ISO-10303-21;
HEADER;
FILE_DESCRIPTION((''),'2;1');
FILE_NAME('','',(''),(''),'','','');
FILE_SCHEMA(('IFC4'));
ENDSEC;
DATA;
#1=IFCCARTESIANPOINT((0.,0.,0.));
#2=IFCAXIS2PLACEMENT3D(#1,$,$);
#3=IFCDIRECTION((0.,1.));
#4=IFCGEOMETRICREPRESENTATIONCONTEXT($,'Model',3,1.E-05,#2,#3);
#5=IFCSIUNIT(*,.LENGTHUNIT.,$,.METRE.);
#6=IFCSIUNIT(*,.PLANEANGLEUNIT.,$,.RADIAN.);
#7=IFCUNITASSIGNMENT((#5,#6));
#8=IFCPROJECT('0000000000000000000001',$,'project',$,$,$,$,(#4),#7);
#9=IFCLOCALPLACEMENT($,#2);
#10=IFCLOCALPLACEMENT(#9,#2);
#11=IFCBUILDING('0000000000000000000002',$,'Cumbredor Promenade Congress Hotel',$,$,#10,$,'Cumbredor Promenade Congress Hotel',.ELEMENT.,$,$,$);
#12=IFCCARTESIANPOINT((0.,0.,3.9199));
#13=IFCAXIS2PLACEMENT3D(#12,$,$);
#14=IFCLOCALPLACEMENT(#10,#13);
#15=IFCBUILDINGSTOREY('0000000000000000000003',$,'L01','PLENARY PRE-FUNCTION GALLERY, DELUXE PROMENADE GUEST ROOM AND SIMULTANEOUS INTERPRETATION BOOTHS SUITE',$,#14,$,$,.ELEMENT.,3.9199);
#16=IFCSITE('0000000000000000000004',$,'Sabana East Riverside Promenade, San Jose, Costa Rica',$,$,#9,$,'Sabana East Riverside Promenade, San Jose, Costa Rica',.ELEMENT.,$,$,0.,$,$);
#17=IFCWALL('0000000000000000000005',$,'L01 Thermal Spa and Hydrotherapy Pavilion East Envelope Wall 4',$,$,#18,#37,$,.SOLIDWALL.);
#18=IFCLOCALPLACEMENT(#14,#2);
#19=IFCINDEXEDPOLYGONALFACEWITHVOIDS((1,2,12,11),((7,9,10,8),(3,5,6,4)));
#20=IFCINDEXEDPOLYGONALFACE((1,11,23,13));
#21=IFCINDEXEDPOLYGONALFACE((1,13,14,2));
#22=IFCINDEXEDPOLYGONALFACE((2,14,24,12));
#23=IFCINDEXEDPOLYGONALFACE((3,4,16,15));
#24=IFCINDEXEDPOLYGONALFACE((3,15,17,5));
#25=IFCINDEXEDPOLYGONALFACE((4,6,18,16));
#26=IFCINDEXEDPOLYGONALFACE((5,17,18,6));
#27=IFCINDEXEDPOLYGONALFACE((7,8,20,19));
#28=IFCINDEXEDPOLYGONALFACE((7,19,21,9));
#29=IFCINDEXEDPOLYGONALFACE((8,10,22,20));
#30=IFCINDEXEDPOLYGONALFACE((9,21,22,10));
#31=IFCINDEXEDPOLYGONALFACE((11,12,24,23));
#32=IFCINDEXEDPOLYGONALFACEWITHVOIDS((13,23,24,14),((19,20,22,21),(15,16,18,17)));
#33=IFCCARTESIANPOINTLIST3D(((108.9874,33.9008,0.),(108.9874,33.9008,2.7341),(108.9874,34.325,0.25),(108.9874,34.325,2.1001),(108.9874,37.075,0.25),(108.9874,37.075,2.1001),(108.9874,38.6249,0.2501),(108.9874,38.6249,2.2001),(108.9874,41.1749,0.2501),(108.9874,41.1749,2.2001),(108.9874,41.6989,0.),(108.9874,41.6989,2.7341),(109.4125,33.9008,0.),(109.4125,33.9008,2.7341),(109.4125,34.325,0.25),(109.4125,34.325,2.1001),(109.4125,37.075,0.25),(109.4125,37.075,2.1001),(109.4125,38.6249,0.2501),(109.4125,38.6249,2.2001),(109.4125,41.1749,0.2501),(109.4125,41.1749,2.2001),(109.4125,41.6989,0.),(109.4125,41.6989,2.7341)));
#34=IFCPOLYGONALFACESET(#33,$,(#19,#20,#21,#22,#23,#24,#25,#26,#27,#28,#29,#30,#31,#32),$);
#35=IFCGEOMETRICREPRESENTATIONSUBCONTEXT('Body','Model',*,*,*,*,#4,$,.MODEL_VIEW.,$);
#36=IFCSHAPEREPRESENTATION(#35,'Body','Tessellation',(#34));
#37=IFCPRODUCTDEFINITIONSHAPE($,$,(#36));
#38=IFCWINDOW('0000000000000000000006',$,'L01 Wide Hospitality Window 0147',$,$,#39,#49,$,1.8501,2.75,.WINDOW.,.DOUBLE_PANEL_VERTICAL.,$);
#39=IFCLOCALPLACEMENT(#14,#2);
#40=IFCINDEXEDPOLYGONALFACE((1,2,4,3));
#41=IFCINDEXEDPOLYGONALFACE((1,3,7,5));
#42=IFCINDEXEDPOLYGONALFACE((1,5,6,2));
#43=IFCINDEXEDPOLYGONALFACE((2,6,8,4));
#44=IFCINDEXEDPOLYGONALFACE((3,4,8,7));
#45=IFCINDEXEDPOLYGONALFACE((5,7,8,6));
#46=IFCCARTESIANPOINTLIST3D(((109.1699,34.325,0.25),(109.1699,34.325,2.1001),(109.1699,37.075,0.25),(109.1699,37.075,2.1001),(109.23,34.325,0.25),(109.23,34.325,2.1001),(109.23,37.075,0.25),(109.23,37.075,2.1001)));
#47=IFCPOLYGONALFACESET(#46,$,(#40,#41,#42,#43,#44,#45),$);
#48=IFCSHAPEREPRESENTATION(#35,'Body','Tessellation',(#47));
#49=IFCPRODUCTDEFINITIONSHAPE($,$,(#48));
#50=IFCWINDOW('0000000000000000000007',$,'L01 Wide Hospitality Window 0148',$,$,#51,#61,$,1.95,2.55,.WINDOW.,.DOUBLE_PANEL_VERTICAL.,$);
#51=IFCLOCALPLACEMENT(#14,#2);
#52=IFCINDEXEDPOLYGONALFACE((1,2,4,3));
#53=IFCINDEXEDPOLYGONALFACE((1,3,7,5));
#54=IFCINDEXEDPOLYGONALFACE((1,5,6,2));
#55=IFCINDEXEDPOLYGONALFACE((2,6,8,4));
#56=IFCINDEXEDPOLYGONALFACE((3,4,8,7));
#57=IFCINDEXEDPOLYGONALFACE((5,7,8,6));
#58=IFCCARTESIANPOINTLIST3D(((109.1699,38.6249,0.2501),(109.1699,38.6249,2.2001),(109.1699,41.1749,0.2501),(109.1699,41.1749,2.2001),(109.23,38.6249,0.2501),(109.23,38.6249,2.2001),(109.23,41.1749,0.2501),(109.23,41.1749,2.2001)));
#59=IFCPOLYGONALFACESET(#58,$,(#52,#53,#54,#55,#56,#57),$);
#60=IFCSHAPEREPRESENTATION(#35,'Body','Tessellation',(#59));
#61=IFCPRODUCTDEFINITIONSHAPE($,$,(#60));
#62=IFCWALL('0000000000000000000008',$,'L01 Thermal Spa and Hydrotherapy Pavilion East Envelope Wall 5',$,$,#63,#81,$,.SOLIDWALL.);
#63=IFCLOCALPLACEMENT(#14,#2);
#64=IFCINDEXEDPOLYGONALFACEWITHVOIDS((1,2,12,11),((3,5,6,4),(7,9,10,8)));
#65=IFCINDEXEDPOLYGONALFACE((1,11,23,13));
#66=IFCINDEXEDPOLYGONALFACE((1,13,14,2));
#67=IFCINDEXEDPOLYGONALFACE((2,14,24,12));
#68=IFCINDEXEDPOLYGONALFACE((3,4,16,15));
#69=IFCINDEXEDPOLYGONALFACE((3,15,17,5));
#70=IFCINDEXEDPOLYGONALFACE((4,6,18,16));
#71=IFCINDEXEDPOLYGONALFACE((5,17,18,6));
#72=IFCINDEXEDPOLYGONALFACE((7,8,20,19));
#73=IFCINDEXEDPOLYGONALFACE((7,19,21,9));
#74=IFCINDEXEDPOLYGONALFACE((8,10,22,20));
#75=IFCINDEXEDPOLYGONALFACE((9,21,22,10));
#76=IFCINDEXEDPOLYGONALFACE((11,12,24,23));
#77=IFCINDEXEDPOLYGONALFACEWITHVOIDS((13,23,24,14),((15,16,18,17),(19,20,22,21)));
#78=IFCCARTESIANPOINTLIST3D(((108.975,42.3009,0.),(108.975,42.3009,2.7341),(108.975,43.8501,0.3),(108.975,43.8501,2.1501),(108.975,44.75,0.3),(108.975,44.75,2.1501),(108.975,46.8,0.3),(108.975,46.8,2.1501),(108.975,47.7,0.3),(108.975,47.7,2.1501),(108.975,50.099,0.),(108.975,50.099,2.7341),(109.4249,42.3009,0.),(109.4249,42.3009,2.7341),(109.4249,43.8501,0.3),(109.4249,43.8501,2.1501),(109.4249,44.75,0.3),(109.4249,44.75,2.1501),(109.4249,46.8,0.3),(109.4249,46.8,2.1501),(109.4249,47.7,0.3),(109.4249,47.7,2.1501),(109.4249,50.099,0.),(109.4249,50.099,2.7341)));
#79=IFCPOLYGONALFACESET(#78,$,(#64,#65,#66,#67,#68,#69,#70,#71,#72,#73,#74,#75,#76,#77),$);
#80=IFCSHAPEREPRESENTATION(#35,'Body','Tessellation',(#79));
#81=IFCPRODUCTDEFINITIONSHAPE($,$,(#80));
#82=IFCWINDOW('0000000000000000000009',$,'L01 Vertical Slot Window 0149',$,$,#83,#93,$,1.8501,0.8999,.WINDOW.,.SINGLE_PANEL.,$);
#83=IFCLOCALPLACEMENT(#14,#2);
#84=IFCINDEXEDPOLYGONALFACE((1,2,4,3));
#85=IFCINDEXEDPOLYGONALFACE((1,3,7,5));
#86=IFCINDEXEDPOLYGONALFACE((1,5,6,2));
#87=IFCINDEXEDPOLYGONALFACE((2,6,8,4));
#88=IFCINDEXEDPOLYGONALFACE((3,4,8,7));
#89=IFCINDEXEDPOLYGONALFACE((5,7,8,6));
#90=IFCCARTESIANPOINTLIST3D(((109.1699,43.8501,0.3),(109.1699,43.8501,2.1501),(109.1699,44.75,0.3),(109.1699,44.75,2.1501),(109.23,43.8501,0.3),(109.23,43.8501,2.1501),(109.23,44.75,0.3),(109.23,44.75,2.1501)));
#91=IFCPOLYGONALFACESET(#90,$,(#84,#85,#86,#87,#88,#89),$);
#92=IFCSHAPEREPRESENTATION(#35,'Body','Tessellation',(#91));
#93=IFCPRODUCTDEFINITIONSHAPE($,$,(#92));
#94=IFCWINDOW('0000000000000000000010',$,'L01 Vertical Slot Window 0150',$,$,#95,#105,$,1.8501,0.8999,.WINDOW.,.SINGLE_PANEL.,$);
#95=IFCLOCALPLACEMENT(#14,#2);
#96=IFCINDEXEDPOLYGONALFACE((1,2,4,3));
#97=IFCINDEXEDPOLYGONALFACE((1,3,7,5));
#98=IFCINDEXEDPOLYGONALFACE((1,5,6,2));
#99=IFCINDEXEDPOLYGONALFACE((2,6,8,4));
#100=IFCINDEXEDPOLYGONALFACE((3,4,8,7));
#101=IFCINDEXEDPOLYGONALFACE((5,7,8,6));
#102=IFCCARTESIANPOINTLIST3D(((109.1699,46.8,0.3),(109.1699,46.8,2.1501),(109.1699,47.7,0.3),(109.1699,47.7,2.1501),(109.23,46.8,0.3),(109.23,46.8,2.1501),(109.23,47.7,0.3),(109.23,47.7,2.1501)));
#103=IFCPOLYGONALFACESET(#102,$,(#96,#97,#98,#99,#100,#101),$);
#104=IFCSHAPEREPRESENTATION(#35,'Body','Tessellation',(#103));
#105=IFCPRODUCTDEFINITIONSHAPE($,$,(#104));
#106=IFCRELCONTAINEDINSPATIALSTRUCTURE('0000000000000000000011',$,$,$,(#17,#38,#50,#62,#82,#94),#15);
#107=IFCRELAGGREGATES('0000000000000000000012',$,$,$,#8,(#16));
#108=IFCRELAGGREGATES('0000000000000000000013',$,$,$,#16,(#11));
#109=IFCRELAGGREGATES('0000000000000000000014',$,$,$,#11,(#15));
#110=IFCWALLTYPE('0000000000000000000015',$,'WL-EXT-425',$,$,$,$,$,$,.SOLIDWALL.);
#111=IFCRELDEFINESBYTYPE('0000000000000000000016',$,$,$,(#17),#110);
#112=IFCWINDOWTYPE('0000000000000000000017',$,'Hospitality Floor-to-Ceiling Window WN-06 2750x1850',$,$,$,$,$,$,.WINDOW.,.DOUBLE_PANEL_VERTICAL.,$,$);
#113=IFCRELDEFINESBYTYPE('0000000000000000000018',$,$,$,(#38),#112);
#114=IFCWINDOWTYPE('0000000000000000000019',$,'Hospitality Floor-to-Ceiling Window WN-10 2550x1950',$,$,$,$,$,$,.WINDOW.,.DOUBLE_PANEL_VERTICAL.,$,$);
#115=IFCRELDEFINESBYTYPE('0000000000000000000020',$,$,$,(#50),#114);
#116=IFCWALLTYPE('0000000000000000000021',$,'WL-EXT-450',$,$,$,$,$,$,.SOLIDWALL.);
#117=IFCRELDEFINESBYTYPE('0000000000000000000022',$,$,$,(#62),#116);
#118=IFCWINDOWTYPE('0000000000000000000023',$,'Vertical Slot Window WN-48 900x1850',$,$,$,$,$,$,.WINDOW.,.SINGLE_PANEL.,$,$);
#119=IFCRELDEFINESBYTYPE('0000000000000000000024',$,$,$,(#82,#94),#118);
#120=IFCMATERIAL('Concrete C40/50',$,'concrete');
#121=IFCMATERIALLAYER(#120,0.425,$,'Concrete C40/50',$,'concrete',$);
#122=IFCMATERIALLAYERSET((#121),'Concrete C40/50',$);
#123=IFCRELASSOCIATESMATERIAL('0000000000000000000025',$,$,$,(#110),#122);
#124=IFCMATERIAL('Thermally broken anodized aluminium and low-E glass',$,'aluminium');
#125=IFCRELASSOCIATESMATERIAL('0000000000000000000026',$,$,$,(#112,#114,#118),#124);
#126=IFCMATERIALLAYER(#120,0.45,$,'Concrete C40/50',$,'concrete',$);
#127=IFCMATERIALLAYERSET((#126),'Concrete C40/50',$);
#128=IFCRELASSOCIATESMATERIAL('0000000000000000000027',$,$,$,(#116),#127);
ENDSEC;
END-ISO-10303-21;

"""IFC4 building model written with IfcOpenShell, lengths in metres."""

from ifc_helpers import new_model, si_unit, direction, frame, frame_2d, origin, place, context, subcontext, project, spatial, rectangle, extrude, material, layer, layer_set, type_object, element, fill, save


model = new_model("IFC4")

# Units and contexts
model_context = context("Model", 3, precision=1e-05, world=origin(), true_north=direction((0.0, 1.0)))
body_context = subcontext(model_context, "Body", "Model", "MODEL_VIEW")
ifc_project = project(units=[si_unit("LENGTHUNIT", "METRE"), si_unit("PLANEANGLEUNIT", "RADIAN")], contexts=[model_context])

# Site, building, storey
site_placement = place(None, origin())
site = spatial("IfcSite", under=ifc_project, at=site_placement, Name="Sabana East Riverside Promenade, San Jose, Costa Rica", LongName="Sabana East Riverside Promenade, San Jose, Costa Rica", CompositionType="ELEMENT", RefElevation=0.0)
building_placement = place(site_placement, origin())
building = spatial("IfcBuilding", under=site, at=building_placement, Name="Cumbredor Promenade Congress Hotel", LongName="Cumbredor Promenade Congress Hotel", CompositionType="ELEMENT")
storey_placement = place(building_placement, frame((0.0, 0.0, 3.9199)))
storey = spatial("IfcBuildingStorey", under=building, at=storey_placement, Name="L01", Description="PLENARY PRE-FUNCTION GALLERY, DELUXE PROMENADE GUEST ROOM AND SIMULTANEOUS INTERPRETATION BOOTHS SUITE", CompositionType="ELEMENT", Elevation=3.9199)

# Shared definitions
ifc_material_1 = material(Name="Concrete C40/50", Category="concrete")

# Shared definitions
ifc_material_2 = material(Name="Thermally broken anodized aluminium and low-E glass", Category="aluminium")

# Walls, openings, windows
ifc_layer_1 = layer(ifc_material_1, 0.425, Name="Concrete C40/50", Category="concrete")
ifc_layer_set_1 = layer_set([ifc_layer_1], Name="Concrete C40/50")
wall_type_1 = type_object("IfcWallType", Name="WL-EXT-425", PredefinedType="SOLIDWALL", material=ifc_layer_set_1)
wall_1_placement = place(storey_placement, frame((109.2, 33.9009, 0.0), z_axis=(0.0, 0.0, 1.0), x_axis=(0.0, 1.0, 0.0)))
wall_1 = element("IfcWall", 1, at=wall_1_placement, inside=storey, type_object=wall_type_1, Name="L01 Thermal Spa and Hydrotherapy Pavilion East Envelope Wall 4", PredefinedType="SOLIDWALL", context=body_context, shape_type="SweptSolid", body=[
    extrude(rectangle(XDim=7.7981, YDim=0.425, at=frame_2d((3.8989, 0.0))), origin(), (0.0, 0.0, 1.0), 2.7341),
])
opening_1_placement = place(wall_1_placement, frame((0.4241, 0.0, 0.25)))
opening_1 = element("IfcOpeningElement", 2, at=opening_1_placement, cuts=wall_1, PredefinedType="OPENING", context=body_context, shape_type="SweptSolid", body=[
    extrude(rectangle(XDim=2.75, YDim=1.8501, at=frame_2d((1.375, 0.925))), frame((0.0, 0.2227, 0.0), z_axis=(0.0, -1.0, 0.0), x_axis=(1.0, 0.0, 0.0)), (0.0, 0.0, 1.0), 0.4451),
])
opening_2_placement = place(wall_1_placement, frame((4.7241, 0.0, 0.25)))
opening_2 = element("IfcOpeningElement", 3, at=opening_2_placement, cuts=wall_1, PredefinedType="OPENING", context=body_context, shape_type="SweptSolid", body=[
    extrude(rectangle(XDim=2.55, YDim=1.95, at=frame_2d((1.2749, 0.9751))), frame((0.0, 0.2227, 0.0), z_axis=(0.0, -1.0, 0.0), x_axis=(1.0, 0.0, 0.0)), (0.0, 0.0, 1.0), 0.4451),
])
window_type_1 = type_object("IfcWindowType", Name="Hospitality Floor-to-Ceiling Window WN-06 2750x1850", PartitioningType="DOUBLE_PANEL_VERTICAL", PredefinedType="WINDOW", material=ifc_material_2)
window_1_placement = place(opening_1_placement, origin())
window_1 = element("IfcWindow", 4, at=window_1_placement, inside=storey, type_object=window_type_1, Name="L01 Wide Hospitality Window 0147", OverallHeight=1.8501, OverallWidth=2.75, PartitioningType="DOUBLE_PANEL_VERTICAL", PredefinedType="WINDOW", context=body_context, shape_type="SweptSolid", body=[
    extrude(rectangle(XDim=2.75, YDim=1.8501, at=frame_2d((1.375, 0.925))), frame((0.0, 0.03, 0.0), z_axis=(0.0, -1.0, 0.0), x_axis=(1.0, 0.0, 0.0)), (0.0, 0.0, 1.0), 0.0601),
])
fill(opening_1, window_1)
window_type_2 = type_object("IfcWindowType", Name="Hospitality Floor-to-Ceiling Window WN-10 2550x1950", PartitioningType="DOUBLE_PANEL_VERTICAL", PredefinedType="WINDOW", material=ifc_material_2)
window_2_placement = place(opening_2_placement, origin())
window_2 = element("IfcWindow", 5, at=window_2_placement, inside=storey, type_object=window_type_2, Name="L01 Wide Hospitality Window 0148", OverallHeight=1.95, OverallWidth=2.55, PartitioningType="DOUBLE_PANEL_VERTICAL", PredefinedType="WINDOW", context=body_context, shape_type="SweptSolid", body=[
    extrude(rectangle(XDim=2.55, YDim=1.95, at=frame_2d((1.2749, 0.9751))), frame((0.0, 0.03, 0.0), z_axis=(0.0, -1.0, 0.0), x_axis=(1.0, 0.0, 0.0)), (0.0, 0.0, 1.0), 0.0601),
])
fill(opening_2, window_2)
ifc_layer_2 = layer(ifc_material_1, 0.45, Name="Concrete C40/50", Category="concrete")
ifc_layer_set_2 = layer_set([ifc_layer_2], Name="Concrete C40/50")
wall_type_2 = type_object("IfcWallType", Name="WL-EXT-450", PredefinedType="SOLIDWALL", material=ifc_layer_set_2)
wall_2_placement = place(storey_placement, frame((109.2, 42.301, 0.0), z_axis=(0.0, 0.0, 1.0), x_axis=(0.0, 1.0, 0.0)))
wall_2 = element("IfcWall", 6, at=wall_2_placement, inside=storey, type_object=wall_type_2, Name="L01 Thermal Spa and Hydrotherapy Pavilion East Envelope Wall 5", PredefinedType="SOLIDWALL", context=body_context, shape_type="SweptSolid", body=[
    extrude(rectangle(XDim=7.7981, YDim=0.45, at=frame_2d((3.8989, 0.0))), origin(), (0.0, 0.0, 1.0), 2.7341),
])
opening_3_placement = place(wall_2_placement, frame((1.5491, 0.0, 0.3)))
opening_3 = element("IfcOpeningElement", 7, at=opening_3_placement, cuts=wall_2, PredefinedType="OPENING", context=body_context, shape_type="SweptSolid", body=[
    extrude(rectangle(XDim=0.8999, YDim=1.8501, at=frame_2d((0.45, 0.925))), frame((0.0, 0.2349, 0.0), z_axis=(0.0, -1.0, 0.0), x_axis=(1.0, 0.0, 0.0)), (0.0, 0.0, 1.0), 0.47),
])
opening_4_placement = place(wall_2_placement, frame((4.499, 0.0, 0.3)))
opening_4 = element("IfcOpeningElement", 8, at=opening_4_placement, cuts=wall_2, PredefinedType="OPENING", context=body_context, shape_type="SweptSolid", body=[
    extrude(rectangle(XDim=0.8999, YDim=1.8501, at=frame_2d((0.45, 0.925))), frame((0.0, 0.2349, 0.0), z_axis=(0.0, -1.0, 0.0), x_axis=(1.0, 0.0, 0.0)), (0.0, 0.0, 1.0), 0.47),
])
window_type_3 = type_object("IfcWindowType", Name="Vertical Slot Window WN-48 900x1850", PartitioningType="SINGLE_PANEL", PredefinedType="WINDOW", material=ifc_material_2)
window_3_placement = place(opening_3_placement, origin())
window_3 = element("IfcWindow", 9, at=window_3_placement, inside=storey, type_object=window_type_3, Name="L01 Vertical Slot Window 0149", OverallHeight=1.8501, OverallWidth=0.8999, PartitioningType="SINGLE_PANEL", PredefinedType="WINDOW", context=body_context, shape_type="SweptSolid", body=[
    extrude(rectangle(XDim=0.8999, YDim=1.8501, at=frame_2d((0.45, 0.925))), frame((0.0, 0.03, 0.0), z_axis=(0.0, -1.0, 0.0), x_axis=(1.0, 0.0, 0.0)), (0.0, 0.0, 1.0), 0.0601),
])
fill(opening_3, window_3)
window_4_placement = place(opening_4_placement, origin())
window_4 = element("IfcWindow", 10, at=window_4_placement, inside=storey, type_object=window_type_3, Name="L01 Vertical Slot Window 0150", OverallHeight=1.8501, OverallWidth=0.8999, PartitioningType="SINGLE_PANEL", PredefinedType="WINDOW", context=body_context, shape_type="SweptSolid", body=[
    extrude(rectangle(XDim=0.8999, YDim=1.8501, at=frame_2d((0.45, 0.925))), frame((0.0, 0.03, 0.0), z_axis=(0.0, -1.0, 0.0), x_axis=(1.0, 0.0, 0.0)), (0.0, 0.0, 1.0), 0.0601),
])
fill(opening_4, window_4)

save(model, "model.ifc")
